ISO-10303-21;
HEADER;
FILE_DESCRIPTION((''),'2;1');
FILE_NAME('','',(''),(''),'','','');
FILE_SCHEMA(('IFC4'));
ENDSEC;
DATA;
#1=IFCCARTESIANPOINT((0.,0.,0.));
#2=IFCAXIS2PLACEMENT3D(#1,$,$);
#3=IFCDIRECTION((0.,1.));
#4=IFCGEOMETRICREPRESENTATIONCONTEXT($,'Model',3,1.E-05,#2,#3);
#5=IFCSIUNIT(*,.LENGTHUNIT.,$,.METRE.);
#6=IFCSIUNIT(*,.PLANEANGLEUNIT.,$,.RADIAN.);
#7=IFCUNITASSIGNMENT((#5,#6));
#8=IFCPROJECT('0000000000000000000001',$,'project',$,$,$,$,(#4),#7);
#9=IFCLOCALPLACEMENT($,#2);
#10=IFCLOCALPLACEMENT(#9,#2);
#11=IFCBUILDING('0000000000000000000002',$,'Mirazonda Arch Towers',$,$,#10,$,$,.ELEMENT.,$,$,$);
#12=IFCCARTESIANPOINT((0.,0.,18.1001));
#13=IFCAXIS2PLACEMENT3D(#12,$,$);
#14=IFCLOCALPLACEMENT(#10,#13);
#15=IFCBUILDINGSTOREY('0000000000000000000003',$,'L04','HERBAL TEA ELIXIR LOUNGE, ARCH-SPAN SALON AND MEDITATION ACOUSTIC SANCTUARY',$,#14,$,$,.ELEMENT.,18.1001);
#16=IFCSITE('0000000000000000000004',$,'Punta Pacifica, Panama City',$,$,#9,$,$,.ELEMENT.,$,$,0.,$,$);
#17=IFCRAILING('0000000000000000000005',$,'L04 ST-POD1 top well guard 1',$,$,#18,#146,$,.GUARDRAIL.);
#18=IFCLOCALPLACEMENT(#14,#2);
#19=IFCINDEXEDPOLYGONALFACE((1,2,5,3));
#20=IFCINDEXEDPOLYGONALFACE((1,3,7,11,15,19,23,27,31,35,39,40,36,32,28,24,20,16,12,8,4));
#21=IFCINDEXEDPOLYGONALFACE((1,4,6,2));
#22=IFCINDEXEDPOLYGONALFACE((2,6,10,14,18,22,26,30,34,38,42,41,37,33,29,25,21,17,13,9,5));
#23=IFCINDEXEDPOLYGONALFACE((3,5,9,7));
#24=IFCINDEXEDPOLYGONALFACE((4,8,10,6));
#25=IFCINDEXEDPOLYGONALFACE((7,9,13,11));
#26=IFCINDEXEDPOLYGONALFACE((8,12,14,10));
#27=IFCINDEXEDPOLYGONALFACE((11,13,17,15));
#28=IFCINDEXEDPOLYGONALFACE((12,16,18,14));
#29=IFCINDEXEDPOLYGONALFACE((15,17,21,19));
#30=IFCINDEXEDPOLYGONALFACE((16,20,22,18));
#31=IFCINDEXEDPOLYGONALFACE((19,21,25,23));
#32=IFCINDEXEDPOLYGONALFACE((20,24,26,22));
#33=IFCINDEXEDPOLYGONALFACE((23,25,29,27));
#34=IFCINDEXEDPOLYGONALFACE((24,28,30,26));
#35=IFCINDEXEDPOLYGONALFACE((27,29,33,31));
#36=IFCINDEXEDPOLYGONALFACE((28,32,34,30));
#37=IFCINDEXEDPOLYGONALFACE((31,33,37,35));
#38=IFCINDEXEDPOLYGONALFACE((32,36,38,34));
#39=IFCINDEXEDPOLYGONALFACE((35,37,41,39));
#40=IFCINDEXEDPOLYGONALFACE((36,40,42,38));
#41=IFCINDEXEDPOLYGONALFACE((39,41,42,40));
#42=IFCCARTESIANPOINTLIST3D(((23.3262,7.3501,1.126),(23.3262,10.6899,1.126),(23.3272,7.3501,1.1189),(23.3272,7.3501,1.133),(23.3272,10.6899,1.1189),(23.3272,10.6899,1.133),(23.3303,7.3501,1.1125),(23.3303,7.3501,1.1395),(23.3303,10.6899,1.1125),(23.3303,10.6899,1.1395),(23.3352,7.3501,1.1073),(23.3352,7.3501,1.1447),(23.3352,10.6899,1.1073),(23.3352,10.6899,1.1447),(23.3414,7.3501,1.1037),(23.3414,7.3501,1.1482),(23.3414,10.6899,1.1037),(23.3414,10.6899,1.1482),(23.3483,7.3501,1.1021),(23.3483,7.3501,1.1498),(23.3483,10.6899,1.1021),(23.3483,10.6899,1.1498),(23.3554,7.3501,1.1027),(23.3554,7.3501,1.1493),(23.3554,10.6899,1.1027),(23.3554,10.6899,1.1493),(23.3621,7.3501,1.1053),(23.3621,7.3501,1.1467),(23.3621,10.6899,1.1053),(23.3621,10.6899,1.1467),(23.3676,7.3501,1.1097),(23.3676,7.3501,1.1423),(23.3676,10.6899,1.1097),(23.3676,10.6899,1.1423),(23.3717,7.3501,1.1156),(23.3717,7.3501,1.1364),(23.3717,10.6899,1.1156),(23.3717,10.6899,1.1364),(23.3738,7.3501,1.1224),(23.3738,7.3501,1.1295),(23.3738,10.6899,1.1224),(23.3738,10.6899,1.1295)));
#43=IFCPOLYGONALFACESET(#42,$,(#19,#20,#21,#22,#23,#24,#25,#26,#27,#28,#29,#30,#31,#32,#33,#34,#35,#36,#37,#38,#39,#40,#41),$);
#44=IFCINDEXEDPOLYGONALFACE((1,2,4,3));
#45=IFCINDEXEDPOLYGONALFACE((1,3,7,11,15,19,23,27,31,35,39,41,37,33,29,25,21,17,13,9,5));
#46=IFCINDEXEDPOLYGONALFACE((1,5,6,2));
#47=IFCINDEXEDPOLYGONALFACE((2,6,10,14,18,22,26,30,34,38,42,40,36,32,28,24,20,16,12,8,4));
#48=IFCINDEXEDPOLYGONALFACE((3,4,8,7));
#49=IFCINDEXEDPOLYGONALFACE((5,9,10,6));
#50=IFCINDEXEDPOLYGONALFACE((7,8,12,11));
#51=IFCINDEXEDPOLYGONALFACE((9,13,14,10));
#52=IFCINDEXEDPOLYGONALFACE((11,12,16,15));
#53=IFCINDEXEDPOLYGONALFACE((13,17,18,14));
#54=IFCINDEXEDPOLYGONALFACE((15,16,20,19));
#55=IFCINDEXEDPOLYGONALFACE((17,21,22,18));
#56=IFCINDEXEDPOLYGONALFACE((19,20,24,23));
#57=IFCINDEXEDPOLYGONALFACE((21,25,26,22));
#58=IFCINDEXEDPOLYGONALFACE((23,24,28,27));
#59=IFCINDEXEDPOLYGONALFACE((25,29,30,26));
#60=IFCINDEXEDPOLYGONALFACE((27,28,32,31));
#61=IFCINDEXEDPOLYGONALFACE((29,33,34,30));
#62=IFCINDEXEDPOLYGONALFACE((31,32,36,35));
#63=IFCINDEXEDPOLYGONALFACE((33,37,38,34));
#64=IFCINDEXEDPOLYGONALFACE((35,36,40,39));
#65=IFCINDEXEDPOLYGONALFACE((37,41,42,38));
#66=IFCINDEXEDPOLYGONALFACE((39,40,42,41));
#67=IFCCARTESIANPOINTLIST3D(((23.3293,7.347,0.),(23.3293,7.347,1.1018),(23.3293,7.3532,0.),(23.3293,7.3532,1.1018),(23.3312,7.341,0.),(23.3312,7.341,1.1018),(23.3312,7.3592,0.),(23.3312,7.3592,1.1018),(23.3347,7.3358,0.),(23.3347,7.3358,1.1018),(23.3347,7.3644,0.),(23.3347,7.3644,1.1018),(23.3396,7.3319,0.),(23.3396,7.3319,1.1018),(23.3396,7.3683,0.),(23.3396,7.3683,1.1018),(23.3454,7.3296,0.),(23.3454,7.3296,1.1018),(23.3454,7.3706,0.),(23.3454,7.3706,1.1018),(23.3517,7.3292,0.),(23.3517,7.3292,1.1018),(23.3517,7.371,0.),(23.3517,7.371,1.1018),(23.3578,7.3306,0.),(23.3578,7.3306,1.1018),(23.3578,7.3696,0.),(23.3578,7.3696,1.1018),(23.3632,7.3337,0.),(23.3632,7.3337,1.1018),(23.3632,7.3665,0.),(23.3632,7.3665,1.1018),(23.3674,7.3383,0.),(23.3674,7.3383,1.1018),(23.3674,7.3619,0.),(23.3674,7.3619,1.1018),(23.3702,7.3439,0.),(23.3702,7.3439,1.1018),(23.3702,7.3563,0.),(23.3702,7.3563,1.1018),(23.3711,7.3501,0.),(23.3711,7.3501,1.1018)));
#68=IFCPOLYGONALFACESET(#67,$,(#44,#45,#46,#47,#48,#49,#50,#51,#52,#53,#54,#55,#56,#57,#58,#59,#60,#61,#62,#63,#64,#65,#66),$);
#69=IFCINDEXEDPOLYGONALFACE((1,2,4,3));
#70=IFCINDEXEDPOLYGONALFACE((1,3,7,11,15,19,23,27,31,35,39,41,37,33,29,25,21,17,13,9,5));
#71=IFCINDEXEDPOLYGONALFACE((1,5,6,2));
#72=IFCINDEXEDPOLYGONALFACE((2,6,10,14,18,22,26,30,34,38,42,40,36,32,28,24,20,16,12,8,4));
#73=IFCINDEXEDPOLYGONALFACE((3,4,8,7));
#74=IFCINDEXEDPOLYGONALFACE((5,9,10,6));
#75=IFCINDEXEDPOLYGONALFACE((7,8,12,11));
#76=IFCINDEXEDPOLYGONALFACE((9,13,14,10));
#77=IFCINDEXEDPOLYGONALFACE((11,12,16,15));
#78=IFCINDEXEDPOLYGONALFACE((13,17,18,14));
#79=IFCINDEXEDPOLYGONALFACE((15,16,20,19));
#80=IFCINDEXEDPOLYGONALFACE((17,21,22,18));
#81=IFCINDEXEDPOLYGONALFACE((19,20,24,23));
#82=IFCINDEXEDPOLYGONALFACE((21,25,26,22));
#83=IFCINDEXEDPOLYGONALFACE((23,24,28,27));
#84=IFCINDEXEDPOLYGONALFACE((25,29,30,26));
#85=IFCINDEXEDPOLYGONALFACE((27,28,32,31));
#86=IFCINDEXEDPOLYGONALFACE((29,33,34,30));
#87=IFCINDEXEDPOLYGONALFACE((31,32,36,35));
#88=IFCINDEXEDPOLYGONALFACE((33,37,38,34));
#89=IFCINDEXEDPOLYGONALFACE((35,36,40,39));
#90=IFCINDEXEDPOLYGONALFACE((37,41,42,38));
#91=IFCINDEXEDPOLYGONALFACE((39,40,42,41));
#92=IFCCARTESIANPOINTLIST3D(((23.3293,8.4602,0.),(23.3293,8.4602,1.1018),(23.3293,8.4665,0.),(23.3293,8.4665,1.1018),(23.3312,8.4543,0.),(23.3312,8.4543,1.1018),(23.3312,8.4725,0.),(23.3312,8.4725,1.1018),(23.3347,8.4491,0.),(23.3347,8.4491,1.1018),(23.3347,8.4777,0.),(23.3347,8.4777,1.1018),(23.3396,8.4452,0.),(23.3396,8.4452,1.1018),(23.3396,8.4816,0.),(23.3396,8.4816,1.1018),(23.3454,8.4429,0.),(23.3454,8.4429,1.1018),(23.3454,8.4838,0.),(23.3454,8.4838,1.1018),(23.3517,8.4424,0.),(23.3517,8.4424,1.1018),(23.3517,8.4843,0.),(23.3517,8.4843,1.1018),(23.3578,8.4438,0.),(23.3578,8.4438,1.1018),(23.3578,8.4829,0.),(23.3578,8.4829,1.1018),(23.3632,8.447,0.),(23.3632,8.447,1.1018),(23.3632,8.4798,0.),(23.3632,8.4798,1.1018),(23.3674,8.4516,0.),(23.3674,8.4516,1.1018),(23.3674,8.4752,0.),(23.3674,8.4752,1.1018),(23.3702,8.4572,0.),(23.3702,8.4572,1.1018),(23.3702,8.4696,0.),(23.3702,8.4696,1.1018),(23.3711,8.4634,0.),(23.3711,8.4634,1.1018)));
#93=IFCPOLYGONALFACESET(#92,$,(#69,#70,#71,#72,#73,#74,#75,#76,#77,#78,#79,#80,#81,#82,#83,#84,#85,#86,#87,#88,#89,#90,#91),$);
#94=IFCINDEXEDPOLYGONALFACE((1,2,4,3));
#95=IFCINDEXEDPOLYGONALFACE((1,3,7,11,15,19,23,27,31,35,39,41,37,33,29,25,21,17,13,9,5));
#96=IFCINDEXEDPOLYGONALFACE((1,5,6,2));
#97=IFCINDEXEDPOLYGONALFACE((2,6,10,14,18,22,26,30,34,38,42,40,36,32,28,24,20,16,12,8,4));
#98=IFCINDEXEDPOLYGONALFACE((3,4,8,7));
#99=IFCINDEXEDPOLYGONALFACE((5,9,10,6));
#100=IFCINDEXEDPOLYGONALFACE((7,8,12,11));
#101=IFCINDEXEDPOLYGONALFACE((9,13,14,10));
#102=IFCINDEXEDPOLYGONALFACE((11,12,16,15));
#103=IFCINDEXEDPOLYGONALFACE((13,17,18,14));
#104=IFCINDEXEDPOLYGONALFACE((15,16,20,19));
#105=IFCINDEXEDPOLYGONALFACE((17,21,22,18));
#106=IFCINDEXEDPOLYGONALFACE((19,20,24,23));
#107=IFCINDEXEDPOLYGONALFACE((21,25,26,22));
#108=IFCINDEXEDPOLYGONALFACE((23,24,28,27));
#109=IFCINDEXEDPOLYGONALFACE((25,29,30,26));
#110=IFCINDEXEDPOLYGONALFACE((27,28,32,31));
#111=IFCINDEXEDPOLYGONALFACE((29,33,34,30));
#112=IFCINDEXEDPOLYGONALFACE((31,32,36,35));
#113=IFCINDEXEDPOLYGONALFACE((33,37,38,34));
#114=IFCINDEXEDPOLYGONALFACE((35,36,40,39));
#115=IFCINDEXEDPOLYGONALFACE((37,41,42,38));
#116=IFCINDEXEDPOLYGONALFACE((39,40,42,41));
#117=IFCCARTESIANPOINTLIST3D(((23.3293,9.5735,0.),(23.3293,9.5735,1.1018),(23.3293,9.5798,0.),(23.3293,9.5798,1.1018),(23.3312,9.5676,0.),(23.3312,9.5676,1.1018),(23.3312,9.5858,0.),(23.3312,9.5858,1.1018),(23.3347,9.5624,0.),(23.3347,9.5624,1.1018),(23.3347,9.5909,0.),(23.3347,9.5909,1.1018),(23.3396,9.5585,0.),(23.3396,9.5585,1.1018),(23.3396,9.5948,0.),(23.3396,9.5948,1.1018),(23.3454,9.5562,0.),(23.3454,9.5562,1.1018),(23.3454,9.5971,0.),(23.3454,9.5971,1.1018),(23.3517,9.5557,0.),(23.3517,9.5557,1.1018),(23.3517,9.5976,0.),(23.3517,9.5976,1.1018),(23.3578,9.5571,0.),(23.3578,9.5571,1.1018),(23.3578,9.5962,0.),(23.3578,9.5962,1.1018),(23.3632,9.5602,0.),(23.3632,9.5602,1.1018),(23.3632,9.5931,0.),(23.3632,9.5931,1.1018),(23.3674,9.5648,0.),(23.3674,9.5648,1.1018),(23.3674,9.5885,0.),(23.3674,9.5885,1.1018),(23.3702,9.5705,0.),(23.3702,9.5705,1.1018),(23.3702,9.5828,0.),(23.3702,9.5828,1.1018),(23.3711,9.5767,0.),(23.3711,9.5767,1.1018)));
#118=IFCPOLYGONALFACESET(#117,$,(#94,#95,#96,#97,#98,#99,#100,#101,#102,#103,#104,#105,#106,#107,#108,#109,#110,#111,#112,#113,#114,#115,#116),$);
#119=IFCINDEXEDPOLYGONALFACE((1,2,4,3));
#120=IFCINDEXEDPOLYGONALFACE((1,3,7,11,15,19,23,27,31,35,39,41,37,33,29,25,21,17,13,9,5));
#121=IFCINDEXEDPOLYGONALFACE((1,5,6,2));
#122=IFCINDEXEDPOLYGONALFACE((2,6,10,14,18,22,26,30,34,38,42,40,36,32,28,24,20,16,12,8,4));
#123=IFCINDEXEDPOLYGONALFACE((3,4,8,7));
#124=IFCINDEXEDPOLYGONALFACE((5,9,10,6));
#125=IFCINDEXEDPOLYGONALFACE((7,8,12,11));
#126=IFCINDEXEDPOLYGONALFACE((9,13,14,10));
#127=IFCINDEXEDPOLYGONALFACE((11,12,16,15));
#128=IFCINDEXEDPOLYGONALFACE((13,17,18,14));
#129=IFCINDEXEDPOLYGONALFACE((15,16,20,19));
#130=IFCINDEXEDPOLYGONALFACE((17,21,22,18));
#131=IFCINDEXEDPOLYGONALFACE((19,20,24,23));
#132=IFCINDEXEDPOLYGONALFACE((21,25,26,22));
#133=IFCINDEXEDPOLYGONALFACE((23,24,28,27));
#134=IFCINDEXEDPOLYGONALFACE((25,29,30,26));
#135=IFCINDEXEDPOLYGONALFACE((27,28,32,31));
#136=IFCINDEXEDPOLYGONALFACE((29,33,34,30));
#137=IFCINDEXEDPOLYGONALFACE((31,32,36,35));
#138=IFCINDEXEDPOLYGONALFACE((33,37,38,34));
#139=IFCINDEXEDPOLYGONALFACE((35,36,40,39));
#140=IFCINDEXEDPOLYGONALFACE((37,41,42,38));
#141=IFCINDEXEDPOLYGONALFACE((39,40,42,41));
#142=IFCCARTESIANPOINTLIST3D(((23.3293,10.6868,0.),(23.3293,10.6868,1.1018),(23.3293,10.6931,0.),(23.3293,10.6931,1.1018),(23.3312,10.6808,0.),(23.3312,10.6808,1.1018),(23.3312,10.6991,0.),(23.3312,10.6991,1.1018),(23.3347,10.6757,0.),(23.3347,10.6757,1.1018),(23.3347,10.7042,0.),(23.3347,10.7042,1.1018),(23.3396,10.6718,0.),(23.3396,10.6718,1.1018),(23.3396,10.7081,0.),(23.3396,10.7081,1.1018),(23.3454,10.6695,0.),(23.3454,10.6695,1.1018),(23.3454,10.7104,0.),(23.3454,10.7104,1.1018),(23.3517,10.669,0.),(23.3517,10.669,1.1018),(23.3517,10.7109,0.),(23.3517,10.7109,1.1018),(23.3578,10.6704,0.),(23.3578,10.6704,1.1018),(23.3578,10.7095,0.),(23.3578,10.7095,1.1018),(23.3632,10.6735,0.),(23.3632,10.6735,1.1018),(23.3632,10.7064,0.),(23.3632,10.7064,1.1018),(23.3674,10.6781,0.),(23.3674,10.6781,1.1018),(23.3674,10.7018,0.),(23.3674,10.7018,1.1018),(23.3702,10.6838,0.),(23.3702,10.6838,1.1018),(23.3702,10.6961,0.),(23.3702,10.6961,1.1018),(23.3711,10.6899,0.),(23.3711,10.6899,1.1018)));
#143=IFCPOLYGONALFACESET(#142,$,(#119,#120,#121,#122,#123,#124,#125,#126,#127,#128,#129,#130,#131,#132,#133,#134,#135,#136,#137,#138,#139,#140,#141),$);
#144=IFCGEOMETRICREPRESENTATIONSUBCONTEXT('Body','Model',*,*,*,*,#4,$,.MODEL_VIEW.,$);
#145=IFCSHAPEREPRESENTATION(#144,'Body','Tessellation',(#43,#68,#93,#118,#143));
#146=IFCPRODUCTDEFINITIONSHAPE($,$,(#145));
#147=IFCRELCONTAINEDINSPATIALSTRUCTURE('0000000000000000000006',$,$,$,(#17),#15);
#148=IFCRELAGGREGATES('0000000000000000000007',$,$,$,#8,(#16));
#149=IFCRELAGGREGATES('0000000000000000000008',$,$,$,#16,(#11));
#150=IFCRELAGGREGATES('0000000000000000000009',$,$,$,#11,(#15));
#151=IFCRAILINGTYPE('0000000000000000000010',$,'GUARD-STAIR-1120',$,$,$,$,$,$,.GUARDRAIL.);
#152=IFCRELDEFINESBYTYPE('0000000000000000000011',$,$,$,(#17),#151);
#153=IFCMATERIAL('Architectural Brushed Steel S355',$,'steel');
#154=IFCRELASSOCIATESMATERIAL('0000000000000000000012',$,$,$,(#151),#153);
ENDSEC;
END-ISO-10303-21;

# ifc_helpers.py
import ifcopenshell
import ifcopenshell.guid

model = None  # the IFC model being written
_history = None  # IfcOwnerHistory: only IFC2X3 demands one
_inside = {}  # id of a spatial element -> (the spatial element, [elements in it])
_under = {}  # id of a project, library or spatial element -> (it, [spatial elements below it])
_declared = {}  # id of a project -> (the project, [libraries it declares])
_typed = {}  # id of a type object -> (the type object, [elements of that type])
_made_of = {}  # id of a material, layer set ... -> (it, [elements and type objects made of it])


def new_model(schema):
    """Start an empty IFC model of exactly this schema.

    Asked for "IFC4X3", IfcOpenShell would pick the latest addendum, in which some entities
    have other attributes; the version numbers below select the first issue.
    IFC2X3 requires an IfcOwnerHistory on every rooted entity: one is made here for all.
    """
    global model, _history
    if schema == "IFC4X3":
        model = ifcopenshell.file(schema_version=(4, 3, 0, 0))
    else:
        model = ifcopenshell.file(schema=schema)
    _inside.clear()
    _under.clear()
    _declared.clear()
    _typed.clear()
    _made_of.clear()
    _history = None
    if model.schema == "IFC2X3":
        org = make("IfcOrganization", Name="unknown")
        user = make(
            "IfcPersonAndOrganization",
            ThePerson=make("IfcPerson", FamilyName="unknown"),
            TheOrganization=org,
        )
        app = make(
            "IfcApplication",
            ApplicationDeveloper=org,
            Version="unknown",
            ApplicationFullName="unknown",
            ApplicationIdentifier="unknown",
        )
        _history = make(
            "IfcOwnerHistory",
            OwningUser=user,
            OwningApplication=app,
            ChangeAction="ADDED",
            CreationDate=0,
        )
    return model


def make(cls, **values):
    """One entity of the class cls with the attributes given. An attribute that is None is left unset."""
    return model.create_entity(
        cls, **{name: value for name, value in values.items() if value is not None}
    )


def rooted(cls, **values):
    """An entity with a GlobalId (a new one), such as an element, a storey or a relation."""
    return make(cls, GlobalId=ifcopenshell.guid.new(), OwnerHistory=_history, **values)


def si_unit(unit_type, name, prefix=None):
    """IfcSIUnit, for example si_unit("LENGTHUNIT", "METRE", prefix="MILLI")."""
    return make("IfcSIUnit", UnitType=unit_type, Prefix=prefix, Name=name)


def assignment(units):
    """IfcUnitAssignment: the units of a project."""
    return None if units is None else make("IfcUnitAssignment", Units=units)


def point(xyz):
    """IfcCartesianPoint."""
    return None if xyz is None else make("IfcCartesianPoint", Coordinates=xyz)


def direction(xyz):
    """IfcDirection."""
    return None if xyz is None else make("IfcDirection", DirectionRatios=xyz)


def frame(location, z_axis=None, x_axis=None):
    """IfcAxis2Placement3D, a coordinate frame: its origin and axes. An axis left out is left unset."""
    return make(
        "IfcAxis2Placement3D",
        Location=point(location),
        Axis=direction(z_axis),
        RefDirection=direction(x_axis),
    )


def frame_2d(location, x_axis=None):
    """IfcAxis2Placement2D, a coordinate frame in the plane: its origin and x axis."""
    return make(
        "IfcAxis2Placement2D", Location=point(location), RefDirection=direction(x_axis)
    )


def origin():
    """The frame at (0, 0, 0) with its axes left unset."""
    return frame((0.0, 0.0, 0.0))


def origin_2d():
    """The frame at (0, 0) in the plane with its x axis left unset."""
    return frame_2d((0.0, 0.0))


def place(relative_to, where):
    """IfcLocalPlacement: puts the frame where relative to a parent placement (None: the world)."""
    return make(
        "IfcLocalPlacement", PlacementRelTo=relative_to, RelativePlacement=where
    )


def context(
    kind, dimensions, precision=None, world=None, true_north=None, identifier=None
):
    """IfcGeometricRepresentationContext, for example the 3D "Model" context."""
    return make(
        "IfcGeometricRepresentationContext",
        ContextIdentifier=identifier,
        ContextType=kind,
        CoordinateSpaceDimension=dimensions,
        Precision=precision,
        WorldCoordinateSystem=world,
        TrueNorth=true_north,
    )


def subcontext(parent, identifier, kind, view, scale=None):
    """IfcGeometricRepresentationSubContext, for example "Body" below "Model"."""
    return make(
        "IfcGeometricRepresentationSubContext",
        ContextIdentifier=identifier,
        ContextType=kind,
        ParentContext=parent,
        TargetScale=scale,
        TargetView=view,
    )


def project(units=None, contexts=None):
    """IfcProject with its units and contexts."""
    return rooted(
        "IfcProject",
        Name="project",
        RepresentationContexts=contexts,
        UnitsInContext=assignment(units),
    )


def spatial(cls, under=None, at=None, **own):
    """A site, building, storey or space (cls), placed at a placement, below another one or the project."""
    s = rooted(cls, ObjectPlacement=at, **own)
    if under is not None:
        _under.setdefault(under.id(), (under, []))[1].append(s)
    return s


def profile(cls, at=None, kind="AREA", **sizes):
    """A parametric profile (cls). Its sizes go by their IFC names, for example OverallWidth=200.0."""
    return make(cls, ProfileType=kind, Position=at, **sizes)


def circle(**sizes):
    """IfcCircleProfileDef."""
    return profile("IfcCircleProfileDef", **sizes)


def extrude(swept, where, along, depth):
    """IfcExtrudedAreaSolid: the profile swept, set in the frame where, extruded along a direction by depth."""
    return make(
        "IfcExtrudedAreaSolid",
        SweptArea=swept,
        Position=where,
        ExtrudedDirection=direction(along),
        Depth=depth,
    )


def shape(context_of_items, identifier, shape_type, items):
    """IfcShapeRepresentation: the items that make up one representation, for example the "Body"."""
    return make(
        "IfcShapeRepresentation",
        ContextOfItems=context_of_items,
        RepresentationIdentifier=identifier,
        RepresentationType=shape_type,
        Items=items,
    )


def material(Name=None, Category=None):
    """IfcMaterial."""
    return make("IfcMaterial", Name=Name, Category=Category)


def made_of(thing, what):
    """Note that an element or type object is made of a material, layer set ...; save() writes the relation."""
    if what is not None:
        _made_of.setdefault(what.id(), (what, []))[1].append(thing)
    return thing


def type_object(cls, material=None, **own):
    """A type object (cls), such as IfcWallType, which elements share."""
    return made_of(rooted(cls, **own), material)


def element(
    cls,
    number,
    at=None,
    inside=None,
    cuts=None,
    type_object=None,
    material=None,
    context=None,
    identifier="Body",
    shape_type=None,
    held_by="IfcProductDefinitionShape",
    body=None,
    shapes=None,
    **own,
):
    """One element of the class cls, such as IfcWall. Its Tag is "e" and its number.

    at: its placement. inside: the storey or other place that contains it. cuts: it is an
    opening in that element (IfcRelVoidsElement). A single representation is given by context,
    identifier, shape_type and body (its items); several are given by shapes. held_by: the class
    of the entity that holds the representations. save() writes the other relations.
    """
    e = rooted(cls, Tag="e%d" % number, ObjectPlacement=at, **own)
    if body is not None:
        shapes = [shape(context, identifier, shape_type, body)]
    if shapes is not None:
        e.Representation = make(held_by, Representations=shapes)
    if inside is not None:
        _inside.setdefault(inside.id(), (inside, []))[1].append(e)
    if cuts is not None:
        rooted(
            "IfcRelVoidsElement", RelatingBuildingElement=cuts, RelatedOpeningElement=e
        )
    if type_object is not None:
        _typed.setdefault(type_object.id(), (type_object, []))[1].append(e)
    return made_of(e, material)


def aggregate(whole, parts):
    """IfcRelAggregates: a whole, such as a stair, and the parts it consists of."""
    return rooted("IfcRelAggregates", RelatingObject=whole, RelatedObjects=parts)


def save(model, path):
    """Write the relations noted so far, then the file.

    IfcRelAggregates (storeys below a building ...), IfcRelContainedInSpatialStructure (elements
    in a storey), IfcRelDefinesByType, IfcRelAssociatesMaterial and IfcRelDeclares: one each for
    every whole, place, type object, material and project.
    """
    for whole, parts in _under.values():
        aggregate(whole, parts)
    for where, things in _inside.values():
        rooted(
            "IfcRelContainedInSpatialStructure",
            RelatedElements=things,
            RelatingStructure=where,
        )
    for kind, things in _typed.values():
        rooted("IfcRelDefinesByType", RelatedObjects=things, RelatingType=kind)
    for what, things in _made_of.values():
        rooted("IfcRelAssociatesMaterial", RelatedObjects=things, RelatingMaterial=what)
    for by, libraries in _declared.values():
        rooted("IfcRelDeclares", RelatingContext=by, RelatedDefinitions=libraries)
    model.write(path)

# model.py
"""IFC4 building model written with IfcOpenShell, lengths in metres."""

from ifc_helpers import new_model, si_unit, direction, frame, origin, origin_2d, place, context, subcontext, project, spatial, circle, extrude, material, type_object, element, save


model = new_model("IFC4")

# Units and contexts
model_context = context("Model", 3, precision=1e-05, world=origin(), true_north=direction((0.0, 1.0)))
body_context = subcontext(model_context, "Body", "Model", "MODEL_VIEW")
ifc_project = project(units=[si_unit("LENGTHUNIT", "METRE"), si_unit("PLANEANGLEUNIT", "RADIAN")], contexts=[model_context])

# Site, building, storey
site_placement = place(None, origin())
site = spatial("IfcSite", under=ifc_project, at=site_placement, Name="Punta Pacifica, Panama City", CompositionType="ELEMENT", RefElevation=0.0)
building_placement = place(site_placement, origin())
building = spatial("IfcBuilding", under=site, at=building_placement, Name="Mirazonda Arch Towers", CompositionType="ELEMENT")
storey_placement = place(building_placement, frame((0.0, 0.0, 18.1001)))
storey = spatial("IfcBuildingStorey", under=building, at=storey_placement, Name="L04", Description="HERBAL TEA ELIXIR LOUNGE, ARCH-SPAN SALON AND MEDITATION ACOUSTIC SANCTUARY", CompositionType="ELEMENT", Elevation=18.1001)

# Railing
ifc_material_1 = material(Name="Architectural Brushed Steel S355", Category="steel")
railing_type = type_object("IfcRailingType", Name="GUARD-STAIR-1120", PredefinedType="GUARDRAIL", material=ifc_material_1)
railing_placement = place(storey_placement, frame((23.3501, 7.3501, 0.0)))
element("IfcRailing", 1, at=railing_placement, inside=storey, type_object=railing_type, Name="L04 ST-POD1 top well guard 1", PredefinedType="GUARDRAIL", context=body_context, shape_type="SweptSolid", body=[
    extrude(circle(Radius=0.0239, at=origin_2d()), frame((0.0, 0.0, 1.126), z_axis=(0.0, 1.0, 0.0), x_axis=(-1.0, 0.0, 0.0)), (0.0, 0.0, 1.0), 3.3398),
    extrude(circle(Radius=0.021, at=origin_2d()), origin(), (0.0, 0.0, 1.0), 1.1018),
    extrude(circle(Radius=0.021, at=origin_2d()), frame((0.0, 1.1133, 0.0)), (0.0, 0.0, 1.0), 1.1018),
    extrude(circle(Radius=0.021, at=origin_2d()), frame((0.0, 2.2266, 0.0)), (0.0, 0.0, 1.0), 1.1018),
    extrude(circle(Radius=0.021, at=origin_2d()), frame((0.0, 3.3398, 0.0)), (0.0, 0.0, 1.0), 1.1018),
])

save(model, "model.ifc")
